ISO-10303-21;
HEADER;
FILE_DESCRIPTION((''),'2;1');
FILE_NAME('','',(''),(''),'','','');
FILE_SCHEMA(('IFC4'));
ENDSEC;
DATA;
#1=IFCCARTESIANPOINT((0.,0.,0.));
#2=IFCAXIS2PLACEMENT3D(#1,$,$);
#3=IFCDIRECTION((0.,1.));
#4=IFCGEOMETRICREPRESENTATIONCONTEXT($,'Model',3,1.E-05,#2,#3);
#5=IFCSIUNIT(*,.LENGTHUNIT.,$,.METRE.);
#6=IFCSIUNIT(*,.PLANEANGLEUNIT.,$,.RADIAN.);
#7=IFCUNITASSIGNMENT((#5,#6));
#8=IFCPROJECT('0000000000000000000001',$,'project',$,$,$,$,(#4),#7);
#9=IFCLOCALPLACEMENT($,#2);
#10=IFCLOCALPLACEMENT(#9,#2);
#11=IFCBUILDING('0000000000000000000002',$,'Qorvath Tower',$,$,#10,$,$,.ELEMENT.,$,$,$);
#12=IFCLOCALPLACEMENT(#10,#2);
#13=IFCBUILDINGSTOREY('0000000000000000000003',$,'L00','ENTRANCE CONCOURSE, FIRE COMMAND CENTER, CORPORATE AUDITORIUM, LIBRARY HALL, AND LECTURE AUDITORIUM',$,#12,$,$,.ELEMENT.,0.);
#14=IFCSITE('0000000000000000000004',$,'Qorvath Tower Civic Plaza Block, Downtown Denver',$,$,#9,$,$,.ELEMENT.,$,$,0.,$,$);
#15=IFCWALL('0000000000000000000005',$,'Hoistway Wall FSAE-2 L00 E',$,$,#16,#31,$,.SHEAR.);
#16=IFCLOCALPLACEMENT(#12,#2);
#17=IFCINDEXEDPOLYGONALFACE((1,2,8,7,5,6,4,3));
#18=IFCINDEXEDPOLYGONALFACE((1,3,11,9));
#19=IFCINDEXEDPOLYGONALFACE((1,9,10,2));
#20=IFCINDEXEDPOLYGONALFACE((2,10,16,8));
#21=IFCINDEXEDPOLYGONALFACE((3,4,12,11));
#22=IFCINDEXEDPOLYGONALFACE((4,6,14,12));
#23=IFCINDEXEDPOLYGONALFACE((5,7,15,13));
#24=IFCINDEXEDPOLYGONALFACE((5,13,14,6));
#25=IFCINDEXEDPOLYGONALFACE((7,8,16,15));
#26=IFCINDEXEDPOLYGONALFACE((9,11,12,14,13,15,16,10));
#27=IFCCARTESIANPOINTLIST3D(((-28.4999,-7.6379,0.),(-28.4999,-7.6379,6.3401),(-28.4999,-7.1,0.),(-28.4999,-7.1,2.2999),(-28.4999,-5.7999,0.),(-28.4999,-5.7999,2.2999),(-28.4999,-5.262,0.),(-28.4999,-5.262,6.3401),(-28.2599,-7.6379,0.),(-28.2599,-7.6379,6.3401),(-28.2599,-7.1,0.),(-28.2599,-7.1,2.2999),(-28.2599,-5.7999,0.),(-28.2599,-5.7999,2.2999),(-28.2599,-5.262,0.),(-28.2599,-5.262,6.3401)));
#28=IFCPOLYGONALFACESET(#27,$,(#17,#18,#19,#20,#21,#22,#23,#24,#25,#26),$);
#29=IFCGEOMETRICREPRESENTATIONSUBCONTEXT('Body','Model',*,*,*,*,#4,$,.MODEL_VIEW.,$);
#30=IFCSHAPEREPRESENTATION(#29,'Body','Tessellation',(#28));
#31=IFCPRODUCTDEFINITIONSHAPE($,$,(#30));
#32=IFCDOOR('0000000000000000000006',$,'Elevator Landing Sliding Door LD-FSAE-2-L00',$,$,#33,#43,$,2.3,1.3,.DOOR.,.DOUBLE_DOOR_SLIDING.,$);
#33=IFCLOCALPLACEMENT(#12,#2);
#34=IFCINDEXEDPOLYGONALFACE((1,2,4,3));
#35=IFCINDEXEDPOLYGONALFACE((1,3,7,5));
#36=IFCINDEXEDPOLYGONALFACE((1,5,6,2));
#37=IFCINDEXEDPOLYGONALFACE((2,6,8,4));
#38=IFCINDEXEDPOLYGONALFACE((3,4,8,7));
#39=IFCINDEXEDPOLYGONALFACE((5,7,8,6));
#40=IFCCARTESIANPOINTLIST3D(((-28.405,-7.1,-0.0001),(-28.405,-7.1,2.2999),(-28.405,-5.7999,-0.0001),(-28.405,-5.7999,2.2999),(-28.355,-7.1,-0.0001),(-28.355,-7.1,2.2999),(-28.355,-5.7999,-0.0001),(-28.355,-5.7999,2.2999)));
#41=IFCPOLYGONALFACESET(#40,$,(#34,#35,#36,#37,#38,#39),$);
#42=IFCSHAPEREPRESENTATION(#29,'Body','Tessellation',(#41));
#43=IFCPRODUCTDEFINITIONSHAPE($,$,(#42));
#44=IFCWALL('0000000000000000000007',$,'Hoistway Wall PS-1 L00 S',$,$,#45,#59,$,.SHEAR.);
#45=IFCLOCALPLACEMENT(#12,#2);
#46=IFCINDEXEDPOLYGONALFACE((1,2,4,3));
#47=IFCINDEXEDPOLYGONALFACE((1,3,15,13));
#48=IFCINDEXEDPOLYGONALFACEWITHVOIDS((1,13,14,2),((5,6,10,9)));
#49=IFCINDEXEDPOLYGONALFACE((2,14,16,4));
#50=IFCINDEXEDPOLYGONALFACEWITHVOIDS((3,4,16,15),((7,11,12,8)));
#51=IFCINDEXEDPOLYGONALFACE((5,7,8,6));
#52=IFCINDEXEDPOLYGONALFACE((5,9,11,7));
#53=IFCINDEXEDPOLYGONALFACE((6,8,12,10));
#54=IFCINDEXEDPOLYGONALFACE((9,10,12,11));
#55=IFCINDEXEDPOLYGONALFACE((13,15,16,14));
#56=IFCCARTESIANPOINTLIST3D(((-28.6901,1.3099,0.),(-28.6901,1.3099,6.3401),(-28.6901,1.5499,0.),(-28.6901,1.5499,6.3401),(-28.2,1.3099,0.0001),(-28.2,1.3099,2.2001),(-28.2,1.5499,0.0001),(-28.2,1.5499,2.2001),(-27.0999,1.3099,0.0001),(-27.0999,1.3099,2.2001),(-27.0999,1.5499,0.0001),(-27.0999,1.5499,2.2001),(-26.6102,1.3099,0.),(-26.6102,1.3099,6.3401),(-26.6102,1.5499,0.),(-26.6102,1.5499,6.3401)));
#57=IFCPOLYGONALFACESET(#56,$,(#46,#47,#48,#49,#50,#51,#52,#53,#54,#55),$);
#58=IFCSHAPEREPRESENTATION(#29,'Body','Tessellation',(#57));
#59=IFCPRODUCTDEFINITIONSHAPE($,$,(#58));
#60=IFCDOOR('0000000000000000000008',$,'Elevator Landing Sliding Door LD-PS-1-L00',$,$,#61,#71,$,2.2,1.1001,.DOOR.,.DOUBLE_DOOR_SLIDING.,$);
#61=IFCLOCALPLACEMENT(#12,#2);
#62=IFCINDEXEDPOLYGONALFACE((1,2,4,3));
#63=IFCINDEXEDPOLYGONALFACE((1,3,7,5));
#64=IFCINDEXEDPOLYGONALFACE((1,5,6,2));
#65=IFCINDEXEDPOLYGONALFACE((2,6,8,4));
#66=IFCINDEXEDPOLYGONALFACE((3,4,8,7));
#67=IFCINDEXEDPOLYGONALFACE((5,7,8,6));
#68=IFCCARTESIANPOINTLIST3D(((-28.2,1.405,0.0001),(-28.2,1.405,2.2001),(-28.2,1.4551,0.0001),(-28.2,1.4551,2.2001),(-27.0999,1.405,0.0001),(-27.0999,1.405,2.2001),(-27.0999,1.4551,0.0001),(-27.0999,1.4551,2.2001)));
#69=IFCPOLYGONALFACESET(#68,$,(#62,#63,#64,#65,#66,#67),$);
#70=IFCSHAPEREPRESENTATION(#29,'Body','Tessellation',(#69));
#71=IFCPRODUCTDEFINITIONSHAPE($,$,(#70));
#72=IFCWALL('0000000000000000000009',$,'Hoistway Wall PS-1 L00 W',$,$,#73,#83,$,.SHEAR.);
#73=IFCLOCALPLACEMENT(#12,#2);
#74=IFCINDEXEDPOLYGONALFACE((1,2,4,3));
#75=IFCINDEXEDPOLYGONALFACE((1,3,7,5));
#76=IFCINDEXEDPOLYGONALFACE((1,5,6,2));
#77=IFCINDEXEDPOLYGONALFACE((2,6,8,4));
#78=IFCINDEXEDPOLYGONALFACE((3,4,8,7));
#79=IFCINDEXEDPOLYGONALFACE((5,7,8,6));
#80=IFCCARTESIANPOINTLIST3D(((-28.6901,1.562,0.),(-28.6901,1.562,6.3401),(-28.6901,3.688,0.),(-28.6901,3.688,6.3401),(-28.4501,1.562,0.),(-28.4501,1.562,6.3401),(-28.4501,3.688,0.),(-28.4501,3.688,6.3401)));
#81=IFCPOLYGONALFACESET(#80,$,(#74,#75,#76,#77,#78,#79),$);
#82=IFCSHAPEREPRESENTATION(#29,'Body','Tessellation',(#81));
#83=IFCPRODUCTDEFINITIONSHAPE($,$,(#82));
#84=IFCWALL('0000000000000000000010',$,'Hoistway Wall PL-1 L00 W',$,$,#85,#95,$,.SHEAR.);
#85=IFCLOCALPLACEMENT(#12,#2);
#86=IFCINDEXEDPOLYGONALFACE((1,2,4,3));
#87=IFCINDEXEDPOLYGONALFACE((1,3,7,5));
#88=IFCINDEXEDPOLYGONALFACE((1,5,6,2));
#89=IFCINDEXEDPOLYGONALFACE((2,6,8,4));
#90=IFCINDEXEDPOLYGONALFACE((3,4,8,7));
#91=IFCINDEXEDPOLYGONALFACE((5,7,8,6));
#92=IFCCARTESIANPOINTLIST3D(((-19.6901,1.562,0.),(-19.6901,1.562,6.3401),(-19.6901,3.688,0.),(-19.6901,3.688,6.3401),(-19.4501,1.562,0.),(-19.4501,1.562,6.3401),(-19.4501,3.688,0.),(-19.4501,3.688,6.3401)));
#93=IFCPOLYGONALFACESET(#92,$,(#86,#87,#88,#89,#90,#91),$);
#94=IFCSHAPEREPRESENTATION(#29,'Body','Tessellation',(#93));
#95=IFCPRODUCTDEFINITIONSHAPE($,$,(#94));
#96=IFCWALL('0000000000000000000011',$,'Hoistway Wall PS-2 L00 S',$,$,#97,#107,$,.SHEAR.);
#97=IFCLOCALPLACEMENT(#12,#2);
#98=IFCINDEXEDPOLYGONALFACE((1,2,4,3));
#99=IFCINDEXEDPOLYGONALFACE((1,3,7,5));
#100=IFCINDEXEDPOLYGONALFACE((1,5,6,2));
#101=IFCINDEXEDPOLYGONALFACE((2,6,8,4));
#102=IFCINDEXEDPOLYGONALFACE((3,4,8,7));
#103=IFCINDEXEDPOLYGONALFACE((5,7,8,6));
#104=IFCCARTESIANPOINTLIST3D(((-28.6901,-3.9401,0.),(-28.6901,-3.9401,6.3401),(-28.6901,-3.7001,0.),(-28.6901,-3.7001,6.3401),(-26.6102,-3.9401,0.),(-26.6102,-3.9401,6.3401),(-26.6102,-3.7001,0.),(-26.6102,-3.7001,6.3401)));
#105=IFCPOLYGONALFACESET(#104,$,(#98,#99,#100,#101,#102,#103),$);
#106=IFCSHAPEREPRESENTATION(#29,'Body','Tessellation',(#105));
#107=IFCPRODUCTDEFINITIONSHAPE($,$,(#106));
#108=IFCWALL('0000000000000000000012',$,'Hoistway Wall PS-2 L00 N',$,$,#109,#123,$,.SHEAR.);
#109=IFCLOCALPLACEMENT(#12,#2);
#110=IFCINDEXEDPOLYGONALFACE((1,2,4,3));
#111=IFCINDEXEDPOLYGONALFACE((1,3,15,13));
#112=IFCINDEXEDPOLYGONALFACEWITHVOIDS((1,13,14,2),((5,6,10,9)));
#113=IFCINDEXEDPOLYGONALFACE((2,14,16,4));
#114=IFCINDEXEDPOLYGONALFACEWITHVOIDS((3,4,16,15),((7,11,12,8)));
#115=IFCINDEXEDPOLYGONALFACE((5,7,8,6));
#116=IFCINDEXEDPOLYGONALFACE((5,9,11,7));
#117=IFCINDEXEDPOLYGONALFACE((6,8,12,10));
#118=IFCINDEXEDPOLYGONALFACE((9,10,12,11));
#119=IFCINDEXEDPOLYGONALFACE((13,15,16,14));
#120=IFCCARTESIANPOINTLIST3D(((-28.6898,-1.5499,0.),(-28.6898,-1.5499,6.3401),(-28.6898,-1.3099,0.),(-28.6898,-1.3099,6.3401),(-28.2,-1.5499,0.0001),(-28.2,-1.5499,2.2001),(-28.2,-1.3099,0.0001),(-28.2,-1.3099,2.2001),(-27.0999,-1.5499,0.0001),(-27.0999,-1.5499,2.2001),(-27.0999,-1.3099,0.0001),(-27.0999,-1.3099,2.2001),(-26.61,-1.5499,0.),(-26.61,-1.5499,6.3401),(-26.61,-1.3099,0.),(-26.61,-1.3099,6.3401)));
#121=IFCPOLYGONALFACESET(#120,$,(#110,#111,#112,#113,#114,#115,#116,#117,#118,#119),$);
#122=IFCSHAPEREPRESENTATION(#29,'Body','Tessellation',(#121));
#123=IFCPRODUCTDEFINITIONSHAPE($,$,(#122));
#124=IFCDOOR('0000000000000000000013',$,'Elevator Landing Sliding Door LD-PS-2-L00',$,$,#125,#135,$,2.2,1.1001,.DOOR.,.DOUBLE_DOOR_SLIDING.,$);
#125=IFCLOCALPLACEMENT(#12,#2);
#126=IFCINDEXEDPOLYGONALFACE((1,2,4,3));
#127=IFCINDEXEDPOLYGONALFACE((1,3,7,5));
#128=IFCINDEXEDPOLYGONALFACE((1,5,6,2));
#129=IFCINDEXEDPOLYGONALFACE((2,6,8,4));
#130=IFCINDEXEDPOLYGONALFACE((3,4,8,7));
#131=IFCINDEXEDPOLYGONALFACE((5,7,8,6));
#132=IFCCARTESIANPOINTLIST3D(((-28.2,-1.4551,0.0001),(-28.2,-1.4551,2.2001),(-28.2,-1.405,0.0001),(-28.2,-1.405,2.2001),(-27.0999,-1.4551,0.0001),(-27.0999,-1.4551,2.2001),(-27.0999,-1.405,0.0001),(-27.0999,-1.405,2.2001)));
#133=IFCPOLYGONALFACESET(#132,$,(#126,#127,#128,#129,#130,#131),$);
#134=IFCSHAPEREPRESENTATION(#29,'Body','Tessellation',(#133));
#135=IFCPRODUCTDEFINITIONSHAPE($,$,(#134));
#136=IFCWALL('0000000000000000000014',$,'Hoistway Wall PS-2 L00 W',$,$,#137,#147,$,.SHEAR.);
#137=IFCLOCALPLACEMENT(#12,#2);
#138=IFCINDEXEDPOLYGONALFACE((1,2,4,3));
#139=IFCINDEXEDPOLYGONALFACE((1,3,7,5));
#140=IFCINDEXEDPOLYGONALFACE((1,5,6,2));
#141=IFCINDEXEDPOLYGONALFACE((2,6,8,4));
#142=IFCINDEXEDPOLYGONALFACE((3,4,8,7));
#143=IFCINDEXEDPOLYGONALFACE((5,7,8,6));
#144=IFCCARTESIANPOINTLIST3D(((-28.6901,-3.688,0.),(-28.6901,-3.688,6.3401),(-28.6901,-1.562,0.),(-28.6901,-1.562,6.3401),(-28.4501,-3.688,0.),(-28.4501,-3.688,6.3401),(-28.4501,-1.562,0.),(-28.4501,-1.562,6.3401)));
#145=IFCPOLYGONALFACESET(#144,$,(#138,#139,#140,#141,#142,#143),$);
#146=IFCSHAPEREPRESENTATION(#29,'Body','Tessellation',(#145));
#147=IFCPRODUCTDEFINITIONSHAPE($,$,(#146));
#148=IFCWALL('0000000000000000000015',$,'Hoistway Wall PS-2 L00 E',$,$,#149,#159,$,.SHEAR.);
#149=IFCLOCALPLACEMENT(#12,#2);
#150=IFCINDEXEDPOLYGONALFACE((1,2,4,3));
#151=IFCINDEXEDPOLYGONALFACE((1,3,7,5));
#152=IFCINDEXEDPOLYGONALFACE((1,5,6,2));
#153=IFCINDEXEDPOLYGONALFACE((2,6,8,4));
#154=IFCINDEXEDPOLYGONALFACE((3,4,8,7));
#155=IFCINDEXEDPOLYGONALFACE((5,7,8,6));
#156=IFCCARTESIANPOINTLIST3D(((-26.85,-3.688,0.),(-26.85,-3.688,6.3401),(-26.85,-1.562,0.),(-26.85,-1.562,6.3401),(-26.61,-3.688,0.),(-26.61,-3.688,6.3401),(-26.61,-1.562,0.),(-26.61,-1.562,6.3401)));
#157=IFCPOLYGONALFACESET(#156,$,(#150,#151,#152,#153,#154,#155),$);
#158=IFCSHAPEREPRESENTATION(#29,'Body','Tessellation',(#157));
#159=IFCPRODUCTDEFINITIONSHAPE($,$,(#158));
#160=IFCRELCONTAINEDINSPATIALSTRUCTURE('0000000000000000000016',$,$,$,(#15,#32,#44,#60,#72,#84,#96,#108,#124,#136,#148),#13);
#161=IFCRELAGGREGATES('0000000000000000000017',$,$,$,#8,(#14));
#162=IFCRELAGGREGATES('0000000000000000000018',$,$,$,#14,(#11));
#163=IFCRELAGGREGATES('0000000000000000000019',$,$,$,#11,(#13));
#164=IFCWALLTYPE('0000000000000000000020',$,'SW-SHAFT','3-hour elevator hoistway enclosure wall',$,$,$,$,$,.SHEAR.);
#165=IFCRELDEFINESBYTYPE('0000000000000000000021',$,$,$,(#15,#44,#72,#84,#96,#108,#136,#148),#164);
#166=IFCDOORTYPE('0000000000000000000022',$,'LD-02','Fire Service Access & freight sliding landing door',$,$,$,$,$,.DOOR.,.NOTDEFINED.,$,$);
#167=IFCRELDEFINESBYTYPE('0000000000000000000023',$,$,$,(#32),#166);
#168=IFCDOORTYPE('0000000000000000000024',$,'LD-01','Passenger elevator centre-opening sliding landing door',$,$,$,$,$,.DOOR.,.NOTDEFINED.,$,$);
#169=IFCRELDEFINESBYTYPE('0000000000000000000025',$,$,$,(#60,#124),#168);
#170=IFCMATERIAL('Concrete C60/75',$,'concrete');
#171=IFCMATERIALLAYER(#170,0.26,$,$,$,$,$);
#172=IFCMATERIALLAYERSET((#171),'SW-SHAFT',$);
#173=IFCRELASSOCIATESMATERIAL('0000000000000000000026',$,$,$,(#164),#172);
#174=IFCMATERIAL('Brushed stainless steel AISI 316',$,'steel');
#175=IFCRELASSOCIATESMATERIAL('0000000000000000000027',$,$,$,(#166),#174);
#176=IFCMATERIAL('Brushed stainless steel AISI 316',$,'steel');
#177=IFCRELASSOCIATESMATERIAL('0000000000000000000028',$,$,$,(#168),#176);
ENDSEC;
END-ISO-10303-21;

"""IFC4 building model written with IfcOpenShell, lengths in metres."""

from ifc_helpers import new_model, si_unit, direction, frame, frame_2d, origin, place, context, subcontext, project, spatial, rectangle, extrude, material, layer, layer_set, type_object, element, fill, save


model = new_model("IFC4")

# Units and contexts
model_context = context("Model", 3, precision=1e-05, world=origin(), true_north=direction((0.0, 1.0)))
body_context = subcontext(model_context, "Body", "Model", "MODEL_VIEW")
ifc_project = project(units=[si_unit("LENGTHUNIT", "METRE"), si_unit("PLANEANGLEUNIT", "RADIAN")], contexts=[model_context])

# Site, building, storey
site_placement = place(None, origin())
site = spatial("IfcSite", under=ifc_project, at=site_placement, Name="Qorvath Tower Civic Plaza Block, Downtown Denver", CompositionType="ELEMENT", RefElevation=0.0)
building_placement = place(site_placement, origin())
building = spatial("IfcBuilding", under=site, at=building_placement, Name="Qorvath Tower", CompositionType="ELEMENT")
storey_placement = place(building_placement, origin())
storey = spatial("IfcBuildingStorey", under=building, at=storey_placement, Name="L00", Description="ENTRANCE CONCOURSE, FIRE COMMAND CENTER, CORPORATE AUDITORIUM, LIBRARY HALL, AND LECTURE AUDITORIUM", CompositionType="ELEMENT", Elevation=0.0)

# Walls, openings, doors
ifc_material_1 = material(Name="Concrete C60/75", Category="concrete")
ifc_layer_1 = layer(ifc_material_1, 0.26)
ifc_layer_set_1 = layer_set([ifc_layer_1], Name="SW-SHAFT")
wall_type_1 = type_object("IfcWallType", Name="SW-SHAFT", Description="3-hour elevator hoistway enclosure wall", PredefinedType="SHEAR", material=ifc_layer_set_1)
wall_1_placement = place(storey_placement, frame((-28.3799, -5.262, 0.0), z_axis=(0.0, 0.0, 1.0), x_axis=(0.0, -1.0, 0.0)))
wall_1 = element("IfcWall", 1, at=wall_1_placement, inside=storey, type_object=wall_type_1, Name="Hoistway Wall FSAE-2 L00 E", PredefinedType="SHEAR", context=body_context, shape_type="SweptSolid", body=[
    extrude(rectangle(XDim=2.376, YDim=0.24, at=frame_2d((1.188, 0.0))), origin(), (0.0, 0.0, 1.0), 6.3401),
])
opening_1_placement = place(wall_1_placement, frame((0.5381, 0.0, 0.0)))
opening_1 = element("IfcOpeningElement", 2, at=opening_1_placement, cuts=wall_1, PredefinedType="OPENING", context=body_context, shape_type="SweptSolid", body=[
    extrude(rectangle(XDim=1.3, YDim=2.3, at=frame_2d((0.6499, 1.1499))), frame((0.0, 0.1299, 0.0), z_axis=(0.0, -1.0, 0.0), x_axis=(1.0, 0.0, 0.0)), (0.0, 0.0, 1.0), 0.26),
])
ifc_material_2 = material(Name="Brushed stainless steel AISI 316", Category="steel")
door_type_1 = type_object("IfcDoorType", Name="LD-02", Description="Fire Service Access & freight sliding landing door", OperationType="NOTDEFINED", PredefinedType="DOOR", material=ifc_material_2)
door_1_placement = place(opening_1_placement, origin())
door_1 = element("IfcDoor", 3, at=door_1_placement, inside=storey, type_object=door_type_1, Name="Elevator Landing Sliding Door LD-FSAE-2-L00", OperationType="DOUBLE_DOOR_SLIDING", OverallHeight=2.3, OverallWidth=1.3, PredefinedType="DOOR", context=body_context, shape_type="SweptSolid", body=[
    extrude(rectangle(XDim=1.3, YDim=2.3, at=frame_2d((0.6499, 1.1499))), frame((0.0, 0.0249, 0.0), z_axis=(0.0, -1.0, 0.0), x_axis=(1.0, 0.0, 0.0)), (0.0, 0.0, 1.0), 0.05),
])
fill(opening_1, door_1)
wall_2_placement = place(storey_placement, frame((-26.6101, 1.4299, 0.0), z_axis=(0.0, 0.0, 1.0), x_axis=(-1.0, 0.0, 0.0)))
wall_2 = element("IfcWall", 4, at=wall_2_placement, inside=storey, type_object=wall_type_1, Name="Hoistway Wall PS-1 L00 S", PredefinedType="SHEAR", context=body_context, shape_type="SweptSolid", body=[
    extrude(rectangle(XDim=2.0798, YDim=0.24, at=frame_2d((1.04, 0.0))), origin(), (0.0, 0.0, 1.0), 6.3401),
])
opening_2_placement = place(wall_2_placement, frame((0.4897, 0.0, 0.0)))
opening_2 = element("IfcOpeningElement", 5, at=opening_2_placement, cuts=wall_2, PredefinedType="OPENING", context=body_context, shape_type="SweptSolid", body=[
    extrude(rectangle(XDim=1.1001, YDim=2.2, at=frame_2d((0.55, 1.1001))), frame((0.0, 0.1299, 0.0), z_axis=(0.0, -1.0, 0.0), x_axis=(1.0, 0.0, 0.0)), (0.0, 0.0, 1.0), 0.26),
])
ifc_material_3 = material(Name="Brushed stainless steel AISI 316", Category="steel")
door_type_2 = type_object("IfcDoorType", Name="LD-01", Description="Passenger elevator centre-opening sliding landing door", OperationType="NOTDEFINED", PredefinedType="DOOR", material=ifc_material_3)
door_2_placement = place(opening_2_placement, origin())
door_2 = element("IfcDoor", 6, at=door_2_placement, inside=storey, type_object=door_type_2, Name="Elevator Landing Sliding Door LD-PS-1-L00", OperationType="DOUBLE_DOOR_SLIDING", OverallHeight=2.2, OverallWidth=1.1001, PredefinedType="DOOR", context=body_context, shape_type="SweptSolid", body=[
    extrude(rectangle(XDim=1.1001, YDim=2.2, at=frame_2d((0.55, 1.1001))), frame((0.0, 0.0249, 0.0), z_axis=(0.0, -1.0, 0.0), x_axis=(1.0, 0.0, 0.0)), (0.0, 0.0, 1.0), 0.05),
])
fill(opening_2, door_2)

# Walls
for number, where, z_axis, x_axis, name in (
    (7, (-28.5701, 1.562, 0.0), (0.0, 0.0, 1.0), (0.0, 1.0, 0.0), "Hoistway Wall PS-1 L00 W"),
    (8, (-19.5701, 1.562, 0.0), (0.0, 0.0, 1.0), (0.0, 1.0, 0.0), "Hoistway Wall PL-1 L00 W"),
):
    element("IfcWall", number, at=place(storey_placement, frame(where, z_axis=z_axis, x_axis=x_axis)), inside=storey, type_object=wall_type_1, Name=name, PredefinedType="SHEAR", context=body_context, shape_type="SweptSolid", body=[
        extrude(rectangle(XDim=2.126, YDim=0.24, at=frame_2d((1.063, 0.0))), origin(), (0.0, 0.0, 1.0), 6.3401),
    ])
wall_3_placement = place(storey_placement, frame((-26.6101, -3.8201, 0.0), z_axis=(0.0, 0.0, 1.0), x_axis=(-1.0, 0.0, 0.0)))
element("IfcWall", 9, at=wall_3_placement, inside=storey, type_object=wall_type_1, Name="Hoistway Wall PS-2 L00 S", PredefinedType="SHEAR", context=body_context, shape_type="SweptSolid", body=[
    extrude(rectangle(XDim=2.0798, YDim=0.24, at=frame_2d((1.04, 0.0))), origin(), (0.0, 0.0, 1.0), 6.3401),
])

# Wall, opening, door
wall_4_placement = place(storey_placement, frame((-28.6899, -1.4299, 0.0), z_axis=(0.0, 0.0, 1.0), x_axis=(1.0, 0.0, 0.0)))
wall_4 = element("IfcWall", 10, at=wall_4_placement, inside=storey, type_object=wall_type_1, Name="Hoistway Wall PS-2 L00 N", PredefinedType="SHEAR", context=body_context, shape_type="SweptSolid", body=[
    extrude(rectangle(XDim=2.0798, YDim=0.24, at=frame_2d((1.04, 0.0))), origin(), (0.0, 0.0, 1.0), 6.3401),
])
opening_3_placement = place(wall_4_placement, frame((0.49, 0.0, 0.0)))
opening_3 = element("IfcOpeningElement", 11, at=opening_3_placement, cuts=wall_4, PredefinedType="OPENING", context=body_context, shape_type="SweptSolid", body=[
    extrude(rectangle(XDim=1.1001, YDim=2.2, at=frame_2d((0.55, 1.1001))), frame((0.0, 0.1299, 0.0), z_axis=(0.0, -1.0, 0.0), x_axis=(1.0, 0.0, 0.0)), (0.0, 0.0, 1.0), 0.26),
])
door_3_placement = place(opening_3_placement, origin())
door_3 = element("IfcDoor", 12, at=door_3_placement, inside=storey, type_object=door_type_2, Name="Elevator Landing Sliding Door LD-PS-2-L00", OperationType="DOUBLE_DOOR_SLIDING", OverallHeight=2.2, OverallWidth=1.1001, PredefinedType="DOOR", context=body_context, shape_type="SweptSolid", body=[
    extrude(rectangle(XDim=1.1001, YDim=2.2, at=frame_2d((0.55, 1.1001))), frame((0.0, 0.0249, 0.0), z_axis=(0.0, -1.0, 0.0), x_axis=(1.0, 0.0, 0.0)), (0.0, 0.0, 1.0), 0.05),
])
fill(opening_3, door_3)

# Walls
for number, where, z_axis, x_axis, name in (
    (13, (-28.5701, -3.688, 0.0), (0.0, 0.0, 1.0), (0.0, 1.0, 0.0), "Hoistway Wall PS-2 L00 W"),
    (14, (-26.73, -1.562, 0.0), (0.0, 0.0, 1.0), (0.0, -1.0, 0.0), "Hoistway Wall PS-2 L00 E"),
):
    element("IfcWall", number, at=place(storey_placement, frame(where, z_axis=z_axis, x_axis=x_axis)), inside=storey, type_object=wall_type_1, Name=name, PredefinedType="SHEAR", context=body_context, shape_type="SweptSolid", body=[
        extrude(rectangle(XDim=2.126, YDim=0.24, at=frame_2d((1.063, 0.0))), origin(), (0.0, 0.0, 1.0), 6.3401),
    ])

save(model, "model.ifc")
